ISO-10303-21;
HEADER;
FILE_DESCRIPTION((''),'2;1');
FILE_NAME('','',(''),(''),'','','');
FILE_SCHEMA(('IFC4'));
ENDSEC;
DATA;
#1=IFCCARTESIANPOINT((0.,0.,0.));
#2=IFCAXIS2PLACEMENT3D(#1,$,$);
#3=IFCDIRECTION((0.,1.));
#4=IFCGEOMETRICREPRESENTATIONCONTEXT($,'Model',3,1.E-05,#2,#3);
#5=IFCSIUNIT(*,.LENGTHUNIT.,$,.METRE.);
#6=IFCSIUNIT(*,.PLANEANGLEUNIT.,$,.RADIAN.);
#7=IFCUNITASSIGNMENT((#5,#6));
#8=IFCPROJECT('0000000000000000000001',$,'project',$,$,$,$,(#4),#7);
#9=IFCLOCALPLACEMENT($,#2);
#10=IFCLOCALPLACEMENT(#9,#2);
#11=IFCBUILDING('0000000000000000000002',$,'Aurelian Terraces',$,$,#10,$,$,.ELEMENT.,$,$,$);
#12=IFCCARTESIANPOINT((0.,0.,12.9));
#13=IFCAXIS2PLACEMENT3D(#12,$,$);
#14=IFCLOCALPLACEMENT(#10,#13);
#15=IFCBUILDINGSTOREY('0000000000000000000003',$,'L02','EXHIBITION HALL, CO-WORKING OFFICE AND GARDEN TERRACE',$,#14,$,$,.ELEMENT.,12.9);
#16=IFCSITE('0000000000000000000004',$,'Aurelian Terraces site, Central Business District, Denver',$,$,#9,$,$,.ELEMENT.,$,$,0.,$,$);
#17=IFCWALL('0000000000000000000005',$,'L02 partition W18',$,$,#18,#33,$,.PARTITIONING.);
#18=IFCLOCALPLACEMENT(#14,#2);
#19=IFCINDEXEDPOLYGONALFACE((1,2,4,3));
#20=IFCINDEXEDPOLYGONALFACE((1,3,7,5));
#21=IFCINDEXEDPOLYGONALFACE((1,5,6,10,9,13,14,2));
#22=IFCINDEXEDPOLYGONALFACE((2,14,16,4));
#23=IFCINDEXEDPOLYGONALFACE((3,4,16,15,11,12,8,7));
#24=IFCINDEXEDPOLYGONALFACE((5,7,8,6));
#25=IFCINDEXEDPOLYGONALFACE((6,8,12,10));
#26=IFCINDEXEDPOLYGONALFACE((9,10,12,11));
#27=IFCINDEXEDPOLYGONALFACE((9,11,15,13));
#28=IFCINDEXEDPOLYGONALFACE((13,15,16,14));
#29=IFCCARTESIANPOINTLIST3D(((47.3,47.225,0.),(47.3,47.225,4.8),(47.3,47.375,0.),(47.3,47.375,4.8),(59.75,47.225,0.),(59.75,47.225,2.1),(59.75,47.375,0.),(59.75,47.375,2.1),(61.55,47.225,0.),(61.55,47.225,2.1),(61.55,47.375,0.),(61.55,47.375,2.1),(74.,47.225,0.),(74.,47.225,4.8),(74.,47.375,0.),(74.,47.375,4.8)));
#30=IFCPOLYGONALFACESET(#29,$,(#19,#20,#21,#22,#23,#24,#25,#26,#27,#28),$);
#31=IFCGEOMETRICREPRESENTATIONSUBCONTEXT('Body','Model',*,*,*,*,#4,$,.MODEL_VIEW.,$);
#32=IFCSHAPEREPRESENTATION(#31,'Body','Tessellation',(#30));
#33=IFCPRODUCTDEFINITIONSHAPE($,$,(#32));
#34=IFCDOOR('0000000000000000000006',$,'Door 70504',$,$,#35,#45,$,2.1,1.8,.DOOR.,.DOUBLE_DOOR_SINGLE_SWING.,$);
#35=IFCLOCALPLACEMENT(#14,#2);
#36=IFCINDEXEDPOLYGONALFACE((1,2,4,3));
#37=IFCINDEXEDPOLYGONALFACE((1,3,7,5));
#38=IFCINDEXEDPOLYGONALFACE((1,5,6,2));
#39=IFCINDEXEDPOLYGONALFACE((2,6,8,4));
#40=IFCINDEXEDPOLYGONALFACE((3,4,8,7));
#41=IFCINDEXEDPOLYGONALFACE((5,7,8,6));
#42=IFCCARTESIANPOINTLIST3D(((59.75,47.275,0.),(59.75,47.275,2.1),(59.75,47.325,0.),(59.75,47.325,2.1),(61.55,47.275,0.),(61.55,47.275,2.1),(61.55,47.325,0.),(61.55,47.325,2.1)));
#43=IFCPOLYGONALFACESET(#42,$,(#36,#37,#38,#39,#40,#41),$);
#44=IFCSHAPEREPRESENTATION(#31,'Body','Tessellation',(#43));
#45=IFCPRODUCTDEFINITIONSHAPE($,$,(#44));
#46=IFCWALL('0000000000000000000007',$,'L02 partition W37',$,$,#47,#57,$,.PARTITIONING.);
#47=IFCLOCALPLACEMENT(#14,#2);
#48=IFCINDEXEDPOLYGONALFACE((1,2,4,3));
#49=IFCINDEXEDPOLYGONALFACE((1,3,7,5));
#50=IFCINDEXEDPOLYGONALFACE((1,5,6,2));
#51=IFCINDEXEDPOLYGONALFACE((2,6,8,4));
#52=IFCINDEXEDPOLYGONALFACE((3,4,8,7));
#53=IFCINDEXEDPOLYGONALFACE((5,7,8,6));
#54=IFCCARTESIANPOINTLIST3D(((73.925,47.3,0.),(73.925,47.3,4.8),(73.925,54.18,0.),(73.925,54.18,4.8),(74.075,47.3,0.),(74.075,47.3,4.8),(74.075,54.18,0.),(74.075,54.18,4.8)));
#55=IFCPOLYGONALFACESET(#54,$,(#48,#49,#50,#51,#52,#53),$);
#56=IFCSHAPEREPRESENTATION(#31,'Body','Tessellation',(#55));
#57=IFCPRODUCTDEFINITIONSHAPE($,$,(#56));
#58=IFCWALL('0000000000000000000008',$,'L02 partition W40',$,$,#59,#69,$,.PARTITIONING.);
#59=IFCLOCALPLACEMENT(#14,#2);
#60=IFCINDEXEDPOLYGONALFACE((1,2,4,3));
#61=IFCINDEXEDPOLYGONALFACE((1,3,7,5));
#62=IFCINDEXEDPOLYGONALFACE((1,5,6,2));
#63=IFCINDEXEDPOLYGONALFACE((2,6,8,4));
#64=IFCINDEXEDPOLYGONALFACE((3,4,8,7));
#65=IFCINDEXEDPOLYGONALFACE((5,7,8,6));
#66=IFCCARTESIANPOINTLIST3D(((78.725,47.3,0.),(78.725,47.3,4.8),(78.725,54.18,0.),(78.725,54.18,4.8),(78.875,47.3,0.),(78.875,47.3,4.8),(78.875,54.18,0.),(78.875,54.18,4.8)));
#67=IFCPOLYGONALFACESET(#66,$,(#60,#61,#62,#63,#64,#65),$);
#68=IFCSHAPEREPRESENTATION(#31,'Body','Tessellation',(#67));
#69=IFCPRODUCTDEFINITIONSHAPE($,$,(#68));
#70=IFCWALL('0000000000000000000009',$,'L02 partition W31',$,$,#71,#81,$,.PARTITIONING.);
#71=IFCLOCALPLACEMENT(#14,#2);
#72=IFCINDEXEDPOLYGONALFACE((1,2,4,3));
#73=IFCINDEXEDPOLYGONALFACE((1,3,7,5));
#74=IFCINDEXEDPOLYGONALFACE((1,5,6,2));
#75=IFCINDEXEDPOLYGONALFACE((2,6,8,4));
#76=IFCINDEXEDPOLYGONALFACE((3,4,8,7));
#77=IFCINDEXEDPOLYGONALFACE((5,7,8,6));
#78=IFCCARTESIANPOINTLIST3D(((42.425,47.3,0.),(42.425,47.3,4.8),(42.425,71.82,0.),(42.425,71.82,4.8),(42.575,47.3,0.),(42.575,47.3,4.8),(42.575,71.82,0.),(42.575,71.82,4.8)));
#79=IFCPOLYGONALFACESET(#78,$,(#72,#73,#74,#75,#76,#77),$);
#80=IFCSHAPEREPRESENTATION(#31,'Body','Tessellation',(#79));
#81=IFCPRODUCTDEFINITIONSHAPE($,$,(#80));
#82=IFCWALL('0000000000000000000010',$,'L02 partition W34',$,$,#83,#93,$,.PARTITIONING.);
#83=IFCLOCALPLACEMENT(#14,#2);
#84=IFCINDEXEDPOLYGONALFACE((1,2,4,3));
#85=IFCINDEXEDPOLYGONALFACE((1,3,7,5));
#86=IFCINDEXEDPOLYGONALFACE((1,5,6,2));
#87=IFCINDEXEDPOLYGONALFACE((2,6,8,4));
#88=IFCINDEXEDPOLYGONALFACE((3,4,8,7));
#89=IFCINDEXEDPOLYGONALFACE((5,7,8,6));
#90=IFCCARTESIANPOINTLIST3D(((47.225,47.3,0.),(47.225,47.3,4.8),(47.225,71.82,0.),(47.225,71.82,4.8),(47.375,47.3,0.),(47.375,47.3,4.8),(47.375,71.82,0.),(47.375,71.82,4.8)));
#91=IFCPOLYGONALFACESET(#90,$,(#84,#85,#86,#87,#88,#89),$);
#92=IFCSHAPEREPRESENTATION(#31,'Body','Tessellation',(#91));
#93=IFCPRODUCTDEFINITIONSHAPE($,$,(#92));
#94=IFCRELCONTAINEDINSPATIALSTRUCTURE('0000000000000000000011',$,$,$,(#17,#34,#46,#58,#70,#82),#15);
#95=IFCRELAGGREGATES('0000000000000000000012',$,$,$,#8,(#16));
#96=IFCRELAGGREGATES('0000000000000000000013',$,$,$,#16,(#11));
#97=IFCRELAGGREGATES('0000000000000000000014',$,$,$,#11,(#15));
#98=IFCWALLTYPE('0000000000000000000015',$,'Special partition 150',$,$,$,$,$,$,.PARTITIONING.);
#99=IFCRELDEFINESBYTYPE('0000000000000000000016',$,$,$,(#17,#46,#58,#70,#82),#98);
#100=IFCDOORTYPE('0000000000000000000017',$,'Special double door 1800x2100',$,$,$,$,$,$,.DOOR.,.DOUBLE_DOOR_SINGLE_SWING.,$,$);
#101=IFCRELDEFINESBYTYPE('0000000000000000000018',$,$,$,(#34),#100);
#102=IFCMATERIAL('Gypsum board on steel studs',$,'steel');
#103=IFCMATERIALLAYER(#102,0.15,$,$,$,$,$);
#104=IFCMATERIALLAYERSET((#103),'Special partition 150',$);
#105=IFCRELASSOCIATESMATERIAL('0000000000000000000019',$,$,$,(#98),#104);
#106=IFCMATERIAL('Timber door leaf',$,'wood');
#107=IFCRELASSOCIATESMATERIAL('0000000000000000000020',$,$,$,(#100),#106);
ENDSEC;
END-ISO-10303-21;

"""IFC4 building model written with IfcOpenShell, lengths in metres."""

from ifc_helpers import new_model, si_unit, direction, frame, frame_2d, origin, place, context, subcontext, project, spatial, rectangle, extrude, source, transform, mapped, material, layer, layer_set, type_object, element, fill, save


model = new_model("IFC4")

# Units and contexts
model_context = context("Model", 3, precision=1e-05, world=origin(), true_north=direction((0.0, 1.0)))
body_context = subcontext(model_context, "Body", "Model", "MODEL_VIEW")
ifc_project = project(units=[si_unit("LENGTHUNIT", "METRE"), si_unit("PLANEANGLEUNIT", "RADIAN")], contexts=[model_context])

# Site, building, storey
site_placement = place(None, origin())
site = spatial("IfcSite", under=ifc_project, at=site_placement, Name="Aurelian Terraces site, Central Business District, Denver", CompositionType="ELEMENT", RefElevation=0.0)
building_placement = place(site_placement, origin())
building = spatial("IfcBuilding", under=site, at=building_placement, Name="Aurelian Terraces", CompositionType="ELEMENT")
storey_placement = place(building_placement, frame((0.0, 0.0, 12.9)))
storey = spatial("IfcBuildingStorey", under=building, at=storey_placement, Name="L02", Description="EXHIBITION HALL, CO-WORKING OFFICE AND GARDEN TERRACE", CompositionType="ELEMENT", Elevation=12.9)

# Shared definitions
ifc_material_1 = material(Name="Gypsum board on steel studs", Category="steel")
ifc_layer_1 = layer(ifc_material_1, 0.15)
ifc_layer_set_1 = layer_set([ifc_layer_1], Name="Special partition 150")
wall_type = type_object("IfcWallType", Name="Special partition 150", PredefinedType="PARTITIONING", material=ifc_layer_set_1)

# Shared definitions
ifc_material_2 = material(Name="Timber door leaf", Category="wood")

# Shared definitions
shared_shape_1 = source(origin(), body_context, "Body", "SweptSolid", [
    extrude(rectangle(XDim=26.7, YDim=0.15, at=frame_2d((13.35, 0.0))), origin(), (0.0, 0.0, 1.0), 4.8),
])

# Wall, opening, door
wall_1_placement = place(storey_placement, frame((47.3, 47.3, 0.0), z_axis=(0.0, 0.0, 1.0), x_axis=(1.0, 0.0, 0.0)))
wall_1 = element("IfcWall", 1, at=wall_1_placement, inside=storey, type_object=wall_type, Name="L02 partition W18", PredefinedType="PARTITIONING", context=body_context, shape_type="MappedRepresentation", body=[
    mapped(shared_shape_1, transform((0.0, 0.0, 0.0), scale=1.0)),
])
shared_shape_2 = source(origin(), body_context, "Body", "SweptSolid", [
    extrude(rectangle(XDim=1.8, YDim=2.1, at=frame_2d((0.9, 1.05))), frame((0.0, 0.085, 0.0), z_axis=(0.0, -1.0, 0.0), x_axis=(1.0, 0.0, 0.0)), (0.0, 0.0, 1.0), 0.17),
])
opening_1_placement = place(wall_1_placement, frame((12.45, 0.0, 0.0)))
opening_1 = element("IfcOpeningElement", 2, at=opening_1_placement, cuts=wall_1, PredefinedType="OPENING", context=body_context, shape_type="MappedRepresentation", body=[
    mapped(shared_shape_2, transform((0.0, 0.0, 0.0), scale=1.0)),
])
door_type_1 = type_object("IfcDoorType", Name="Special double door 1800x2100", OperationType="DOUBLE_DOOR_SINGLE_SWING", PredefinedType="DOOR", material=ifc_material_2)
shared_shape_3 = source(origin(), body_context, "Body", "SweptSolid", [
    extrude(rectangle(XDim=1.8, YDim=2.1, at=frame_2d((0.9, 1.05))), frame((0.0, 0.025, 0.0), z_axis=(0.0, -1.0, 0.0), x_axis=(1.0, 0.0, 0.0)), (0.0, 0.0, 1.0), 0.05),
])
door_1_placement = place(opening_1_placement, origin())
door_1 = element("IfcDoor", 3, at=door_1_placement, inside=storey, type_object=door_type_1, Name="Door 70504", OperationType="DOUBLE_DOOR_SINGLE_SWING", OverallHeight=2.1, OverallWidth=1.8, PredefinedType="DOOR", context=body_context, shape_type="MappedRepresentation", body=[
    mapped(shared_shape_3, transform((0.0, 0.0, 0.0), scale=1.0)),
])
fill(opening_1, door_1)

# Walls
shared_shape_4 = source(origin(), body_context, "Body", "SweptSolid", [
    extrude(rectangle(XDim=6.88, YDim=0.15, at=frame_2d((3.44, 0.0))), origin(), (0.0, 0.0, 1.0), 4.8),
])
for number, where, z_axis, x_axis, name in (
    (4, (74.0, 47.3, 0.0), (0.0, 0.0, 1.0), (0.0, 1.0, 0.0), "L02 partition W37"),
    (5, (78.8, 47.3, 0.0), (0.0, 0.0, 1.0), (0.0, 1.0, 0.0), "L02 partition W40"),
):
    element("IfcWall", number, at=place(storey_placement, frame(where, z_axis=z_axis, x_axis=x_axis)), inside=storey, type_object=wall_type, Name=name, PredefinedType="PARTITIONING", context=body_context, shape_type="MappedRepresentation", body=[
        mapped(shared_shape_4, transform((0.0, 0.0, 0.0), scale=1.0)),
    ])
shared_shape_5 = source(origin(), body_context, "Body", "SweptSolid", [
    extrude(rectangle(XDim=24.52, YDim=0.15, at=frame_2d((12.26, 0.0))), origin(), (0.0, 0.0, 1.0), 4.8),
])
for number, where, z_axis, x_axis, name in (
    (6, (42.5, 47.3, 0.0), (0.0, 0.0, 1.0), (0.0, 1.0, 0.0), "L02 partition W31"),
    (7, (47.3, 47.3, 0.0), (0.0, 0.0, 1.0), (0.0, 1.0, 0.0), "L02 partition W34"),
):
    element("IfcWall", number, at=place(storey_placement, frame(where, z_axis=z_axis, x_axis=x_axis)), inside=storey, type_object=wall_type, Name=name, PredefinedType="PARTITIONING", context=body_context, shape_type="MappedRepresentation", body=[
        mapped(shared_shape_5, transform((0.0, 0.0, 0.0), scale=1.0)),
    ])

save(model, "model.ifc")
